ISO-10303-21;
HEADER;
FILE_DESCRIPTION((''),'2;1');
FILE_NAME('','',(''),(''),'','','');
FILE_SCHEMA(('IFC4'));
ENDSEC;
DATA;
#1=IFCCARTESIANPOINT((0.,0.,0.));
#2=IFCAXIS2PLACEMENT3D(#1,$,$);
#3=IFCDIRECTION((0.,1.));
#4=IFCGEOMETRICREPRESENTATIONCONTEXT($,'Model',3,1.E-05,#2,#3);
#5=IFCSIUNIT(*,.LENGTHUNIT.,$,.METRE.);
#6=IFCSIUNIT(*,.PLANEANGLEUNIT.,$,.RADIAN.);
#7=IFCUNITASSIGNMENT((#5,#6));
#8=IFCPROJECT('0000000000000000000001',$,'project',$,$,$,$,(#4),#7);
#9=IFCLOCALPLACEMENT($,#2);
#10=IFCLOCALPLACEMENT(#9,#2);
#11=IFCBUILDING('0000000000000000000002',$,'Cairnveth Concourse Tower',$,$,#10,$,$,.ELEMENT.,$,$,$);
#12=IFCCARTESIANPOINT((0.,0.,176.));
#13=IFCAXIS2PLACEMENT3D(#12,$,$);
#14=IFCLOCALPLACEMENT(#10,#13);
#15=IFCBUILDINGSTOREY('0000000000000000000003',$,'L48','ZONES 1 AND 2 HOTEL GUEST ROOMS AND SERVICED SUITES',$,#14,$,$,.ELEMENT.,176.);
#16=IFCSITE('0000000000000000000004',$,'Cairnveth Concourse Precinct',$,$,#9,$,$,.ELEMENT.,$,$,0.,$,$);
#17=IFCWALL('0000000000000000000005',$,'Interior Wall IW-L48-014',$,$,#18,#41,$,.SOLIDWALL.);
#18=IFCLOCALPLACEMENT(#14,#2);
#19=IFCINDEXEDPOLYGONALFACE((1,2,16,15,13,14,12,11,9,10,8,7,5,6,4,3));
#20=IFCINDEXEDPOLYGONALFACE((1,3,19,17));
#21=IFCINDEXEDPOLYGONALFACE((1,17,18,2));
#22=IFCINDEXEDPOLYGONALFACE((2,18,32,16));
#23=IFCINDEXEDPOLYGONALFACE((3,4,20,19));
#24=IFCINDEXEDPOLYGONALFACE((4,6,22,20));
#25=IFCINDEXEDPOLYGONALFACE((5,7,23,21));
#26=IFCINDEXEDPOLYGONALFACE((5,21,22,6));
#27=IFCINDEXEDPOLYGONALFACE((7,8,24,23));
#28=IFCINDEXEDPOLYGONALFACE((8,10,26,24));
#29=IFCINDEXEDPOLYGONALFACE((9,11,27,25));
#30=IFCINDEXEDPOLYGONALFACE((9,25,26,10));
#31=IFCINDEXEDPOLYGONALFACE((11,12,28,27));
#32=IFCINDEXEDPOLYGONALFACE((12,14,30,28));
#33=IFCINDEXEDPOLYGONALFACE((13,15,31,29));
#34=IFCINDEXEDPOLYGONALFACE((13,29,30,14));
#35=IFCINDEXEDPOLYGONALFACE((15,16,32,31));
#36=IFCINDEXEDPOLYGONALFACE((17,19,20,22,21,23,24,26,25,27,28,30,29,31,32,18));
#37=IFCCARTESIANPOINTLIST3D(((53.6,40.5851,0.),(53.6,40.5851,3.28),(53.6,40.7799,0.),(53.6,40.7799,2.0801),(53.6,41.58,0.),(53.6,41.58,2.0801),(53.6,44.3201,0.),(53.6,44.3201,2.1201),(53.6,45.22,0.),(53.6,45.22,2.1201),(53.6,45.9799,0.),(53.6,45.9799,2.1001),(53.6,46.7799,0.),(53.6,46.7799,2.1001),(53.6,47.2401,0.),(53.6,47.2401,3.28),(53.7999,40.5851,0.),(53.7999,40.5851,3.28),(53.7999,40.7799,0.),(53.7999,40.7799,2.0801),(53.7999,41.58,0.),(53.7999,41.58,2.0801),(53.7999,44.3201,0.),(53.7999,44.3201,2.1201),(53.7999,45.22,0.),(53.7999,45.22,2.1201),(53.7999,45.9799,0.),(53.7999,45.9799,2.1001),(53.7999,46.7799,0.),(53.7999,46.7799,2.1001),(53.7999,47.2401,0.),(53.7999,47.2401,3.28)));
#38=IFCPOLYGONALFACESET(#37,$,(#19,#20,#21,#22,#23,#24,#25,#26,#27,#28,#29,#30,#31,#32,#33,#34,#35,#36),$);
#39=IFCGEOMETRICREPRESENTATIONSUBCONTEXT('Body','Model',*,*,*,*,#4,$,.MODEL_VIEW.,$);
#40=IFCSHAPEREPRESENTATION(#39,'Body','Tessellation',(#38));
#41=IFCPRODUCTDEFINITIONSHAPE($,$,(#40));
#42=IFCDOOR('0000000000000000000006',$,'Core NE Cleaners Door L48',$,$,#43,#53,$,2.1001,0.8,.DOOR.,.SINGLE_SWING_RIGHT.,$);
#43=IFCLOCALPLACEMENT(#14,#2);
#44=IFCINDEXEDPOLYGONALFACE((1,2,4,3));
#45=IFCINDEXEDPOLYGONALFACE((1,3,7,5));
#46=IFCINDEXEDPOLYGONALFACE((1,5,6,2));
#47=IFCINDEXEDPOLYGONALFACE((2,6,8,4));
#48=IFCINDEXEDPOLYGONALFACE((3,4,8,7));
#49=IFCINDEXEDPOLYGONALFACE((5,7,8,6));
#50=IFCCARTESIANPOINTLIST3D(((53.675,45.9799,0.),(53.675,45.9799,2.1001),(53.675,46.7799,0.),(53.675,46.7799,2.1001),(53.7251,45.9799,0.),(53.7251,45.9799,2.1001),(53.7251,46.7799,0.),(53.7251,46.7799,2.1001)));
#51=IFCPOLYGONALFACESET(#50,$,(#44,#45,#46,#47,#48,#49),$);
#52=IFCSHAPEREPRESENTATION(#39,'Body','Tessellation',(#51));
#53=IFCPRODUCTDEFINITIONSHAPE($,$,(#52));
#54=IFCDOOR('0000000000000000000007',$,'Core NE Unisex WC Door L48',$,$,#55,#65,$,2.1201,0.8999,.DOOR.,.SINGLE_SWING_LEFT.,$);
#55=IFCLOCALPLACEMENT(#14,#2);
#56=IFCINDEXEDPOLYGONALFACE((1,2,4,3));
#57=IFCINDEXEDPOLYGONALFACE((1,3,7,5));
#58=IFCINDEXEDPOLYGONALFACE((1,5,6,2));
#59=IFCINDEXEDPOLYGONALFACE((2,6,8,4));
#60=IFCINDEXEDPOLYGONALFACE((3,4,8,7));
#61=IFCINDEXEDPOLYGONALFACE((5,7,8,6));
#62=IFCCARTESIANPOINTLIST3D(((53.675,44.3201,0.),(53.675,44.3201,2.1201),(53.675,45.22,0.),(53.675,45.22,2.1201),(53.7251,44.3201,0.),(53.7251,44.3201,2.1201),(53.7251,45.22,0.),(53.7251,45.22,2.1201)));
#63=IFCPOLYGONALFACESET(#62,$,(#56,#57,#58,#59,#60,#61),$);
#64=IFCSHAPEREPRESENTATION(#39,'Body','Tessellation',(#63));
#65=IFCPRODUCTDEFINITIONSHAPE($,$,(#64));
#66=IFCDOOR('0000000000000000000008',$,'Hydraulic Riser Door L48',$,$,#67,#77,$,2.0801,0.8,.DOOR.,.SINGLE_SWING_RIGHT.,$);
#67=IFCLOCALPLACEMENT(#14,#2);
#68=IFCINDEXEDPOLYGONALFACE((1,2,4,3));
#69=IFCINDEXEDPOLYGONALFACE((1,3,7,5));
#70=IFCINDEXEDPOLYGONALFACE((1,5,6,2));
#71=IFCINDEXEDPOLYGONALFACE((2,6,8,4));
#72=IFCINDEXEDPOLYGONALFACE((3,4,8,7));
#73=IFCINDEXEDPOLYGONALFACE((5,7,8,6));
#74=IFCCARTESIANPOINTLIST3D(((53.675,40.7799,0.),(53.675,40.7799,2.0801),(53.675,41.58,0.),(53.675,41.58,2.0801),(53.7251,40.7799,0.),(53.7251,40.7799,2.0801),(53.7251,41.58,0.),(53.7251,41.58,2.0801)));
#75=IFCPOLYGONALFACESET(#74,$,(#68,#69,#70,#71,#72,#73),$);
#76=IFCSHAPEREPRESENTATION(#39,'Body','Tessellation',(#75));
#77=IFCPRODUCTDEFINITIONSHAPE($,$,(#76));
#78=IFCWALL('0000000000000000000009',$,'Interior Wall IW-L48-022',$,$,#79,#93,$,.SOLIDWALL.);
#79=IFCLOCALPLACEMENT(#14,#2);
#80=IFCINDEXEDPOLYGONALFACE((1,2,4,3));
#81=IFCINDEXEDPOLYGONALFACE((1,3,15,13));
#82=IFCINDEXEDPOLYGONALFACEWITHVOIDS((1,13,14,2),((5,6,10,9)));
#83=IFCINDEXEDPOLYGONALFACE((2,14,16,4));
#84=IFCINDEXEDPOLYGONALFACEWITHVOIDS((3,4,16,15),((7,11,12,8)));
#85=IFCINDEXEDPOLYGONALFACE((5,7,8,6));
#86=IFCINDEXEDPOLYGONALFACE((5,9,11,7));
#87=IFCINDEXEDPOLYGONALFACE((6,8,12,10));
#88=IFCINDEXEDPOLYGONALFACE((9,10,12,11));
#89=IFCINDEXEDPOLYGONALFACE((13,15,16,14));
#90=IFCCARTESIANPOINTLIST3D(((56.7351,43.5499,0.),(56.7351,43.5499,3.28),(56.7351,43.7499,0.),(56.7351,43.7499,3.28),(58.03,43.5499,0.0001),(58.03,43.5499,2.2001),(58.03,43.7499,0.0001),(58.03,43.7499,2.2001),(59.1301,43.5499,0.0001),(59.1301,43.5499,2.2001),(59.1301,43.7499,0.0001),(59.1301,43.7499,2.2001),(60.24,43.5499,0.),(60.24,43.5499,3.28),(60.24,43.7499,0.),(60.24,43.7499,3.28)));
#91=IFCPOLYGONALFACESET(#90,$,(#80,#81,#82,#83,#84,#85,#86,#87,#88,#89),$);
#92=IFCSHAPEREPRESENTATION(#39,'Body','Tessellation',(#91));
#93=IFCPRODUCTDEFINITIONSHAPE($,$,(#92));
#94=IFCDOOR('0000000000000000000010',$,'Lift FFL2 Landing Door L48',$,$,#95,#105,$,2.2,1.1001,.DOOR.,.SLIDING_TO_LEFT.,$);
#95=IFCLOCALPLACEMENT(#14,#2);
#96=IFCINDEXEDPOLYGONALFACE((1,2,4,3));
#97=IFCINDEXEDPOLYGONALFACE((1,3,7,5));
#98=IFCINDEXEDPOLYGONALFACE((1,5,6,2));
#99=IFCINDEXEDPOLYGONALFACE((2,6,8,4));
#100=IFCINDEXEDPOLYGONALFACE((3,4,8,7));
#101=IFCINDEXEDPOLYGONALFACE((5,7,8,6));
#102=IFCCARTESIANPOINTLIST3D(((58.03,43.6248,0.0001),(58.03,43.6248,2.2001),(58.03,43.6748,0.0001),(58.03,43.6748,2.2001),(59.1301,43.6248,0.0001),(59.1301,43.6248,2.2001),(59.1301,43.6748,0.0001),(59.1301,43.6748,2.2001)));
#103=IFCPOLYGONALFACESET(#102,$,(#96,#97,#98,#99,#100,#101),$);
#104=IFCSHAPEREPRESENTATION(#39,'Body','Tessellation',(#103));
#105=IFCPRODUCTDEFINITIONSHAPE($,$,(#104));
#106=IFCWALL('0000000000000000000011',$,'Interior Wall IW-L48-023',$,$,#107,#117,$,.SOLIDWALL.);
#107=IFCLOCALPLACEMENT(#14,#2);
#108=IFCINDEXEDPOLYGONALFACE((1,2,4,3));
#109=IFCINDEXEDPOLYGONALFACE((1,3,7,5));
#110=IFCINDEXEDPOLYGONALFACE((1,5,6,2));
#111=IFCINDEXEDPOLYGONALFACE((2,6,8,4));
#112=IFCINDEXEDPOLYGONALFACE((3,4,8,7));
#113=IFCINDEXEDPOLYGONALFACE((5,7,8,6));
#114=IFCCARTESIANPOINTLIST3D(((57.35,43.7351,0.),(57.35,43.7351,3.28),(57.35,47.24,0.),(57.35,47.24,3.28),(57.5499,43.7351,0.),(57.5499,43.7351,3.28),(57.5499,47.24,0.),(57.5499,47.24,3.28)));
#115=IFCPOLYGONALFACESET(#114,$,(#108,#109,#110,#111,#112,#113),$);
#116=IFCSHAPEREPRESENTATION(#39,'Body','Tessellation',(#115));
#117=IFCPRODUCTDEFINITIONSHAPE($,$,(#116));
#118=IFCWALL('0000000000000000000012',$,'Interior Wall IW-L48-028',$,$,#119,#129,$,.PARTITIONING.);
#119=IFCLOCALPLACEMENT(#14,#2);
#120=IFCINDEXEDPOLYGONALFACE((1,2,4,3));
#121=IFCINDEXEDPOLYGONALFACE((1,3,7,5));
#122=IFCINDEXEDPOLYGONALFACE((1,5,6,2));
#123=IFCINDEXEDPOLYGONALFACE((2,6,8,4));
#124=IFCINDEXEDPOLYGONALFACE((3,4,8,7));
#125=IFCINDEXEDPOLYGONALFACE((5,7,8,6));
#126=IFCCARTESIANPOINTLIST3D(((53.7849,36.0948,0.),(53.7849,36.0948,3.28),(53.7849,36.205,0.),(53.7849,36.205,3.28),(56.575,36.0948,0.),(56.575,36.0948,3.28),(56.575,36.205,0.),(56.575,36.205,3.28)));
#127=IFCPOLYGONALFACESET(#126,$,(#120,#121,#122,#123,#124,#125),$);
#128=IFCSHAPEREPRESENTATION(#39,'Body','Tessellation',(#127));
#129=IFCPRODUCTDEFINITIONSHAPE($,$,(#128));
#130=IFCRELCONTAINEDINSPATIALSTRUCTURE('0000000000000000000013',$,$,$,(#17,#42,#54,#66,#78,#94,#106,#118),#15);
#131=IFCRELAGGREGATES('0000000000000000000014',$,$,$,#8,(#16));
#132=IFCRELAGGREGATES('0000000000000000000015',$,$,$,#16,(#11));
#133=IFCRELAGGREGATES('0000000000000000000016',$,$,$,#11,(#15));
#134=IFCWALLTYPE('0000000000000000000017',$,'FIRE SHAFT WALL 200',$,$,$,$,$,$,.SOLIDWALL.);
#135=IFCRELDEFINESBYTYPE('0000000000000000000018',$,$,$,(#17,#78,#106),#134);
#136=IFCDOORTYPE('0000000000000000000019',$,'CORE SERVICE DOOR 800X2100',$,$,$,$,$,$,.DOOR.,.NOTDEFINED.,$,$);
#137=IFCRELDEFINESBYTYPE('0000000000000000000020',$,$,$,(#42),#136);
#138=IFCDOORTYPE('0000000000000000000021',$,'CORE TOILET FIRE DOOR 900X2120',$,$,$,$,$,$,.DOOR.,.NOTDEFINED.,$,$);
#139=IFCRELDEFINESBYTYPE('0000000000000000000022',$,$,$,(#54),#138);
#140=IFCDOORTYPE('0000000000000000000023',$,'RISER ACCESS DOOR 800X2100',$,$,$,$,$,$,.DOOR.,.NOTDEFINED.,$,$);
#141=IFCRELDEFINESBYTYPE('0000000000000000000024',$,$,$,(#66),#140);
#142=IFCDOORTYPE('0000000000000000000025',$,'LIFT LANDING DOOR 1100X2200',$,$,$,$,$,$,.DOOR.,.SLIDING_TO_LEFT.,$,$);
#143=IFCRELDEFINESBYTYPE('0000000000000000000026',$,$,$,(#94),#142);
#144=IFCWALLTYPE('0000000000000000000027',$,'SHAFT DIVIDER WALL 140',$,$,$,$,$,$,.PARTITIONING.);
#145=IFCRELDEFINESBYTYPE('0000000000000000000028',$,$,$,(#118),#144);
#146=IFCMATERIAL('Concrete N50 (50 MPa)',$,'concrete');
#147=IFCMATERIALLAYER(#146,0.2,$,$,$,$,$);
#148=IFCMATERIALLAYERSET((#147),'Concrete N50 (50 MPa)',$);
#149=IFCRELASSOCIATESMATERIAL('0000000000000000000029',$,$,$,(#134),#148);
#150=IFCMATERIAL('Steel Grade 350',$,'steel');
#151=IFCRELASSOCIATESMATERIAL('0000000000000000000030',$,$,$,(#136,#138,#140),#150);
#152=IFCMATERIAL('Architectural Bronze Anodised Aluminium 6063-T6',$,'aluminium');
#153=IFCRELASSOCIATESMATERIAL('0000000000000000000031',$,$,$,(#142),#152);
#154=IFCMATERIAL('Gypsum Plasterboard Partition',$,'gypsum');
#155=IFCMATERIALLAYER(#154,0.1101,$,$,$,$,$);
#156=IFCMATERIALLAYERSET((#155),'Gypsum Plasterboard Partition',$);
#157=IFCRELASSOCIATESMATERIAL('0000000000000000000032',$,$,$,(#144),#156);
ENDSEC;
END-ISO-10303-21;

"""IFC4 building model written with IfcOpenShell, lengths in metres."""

from ifc_helpers import new_model, si_unit, direction, frame, frame_2d, origin, place, context, subcontext, project, spatial, rectangle, extrude, material, layer, layer_set, type_object, element, fill, save


model = new_model("IFC4")

# Units and contexts
model_context = context("Model", 3, precision=1e-05, world=origin(), true_north=direction((0.0, 1.0)))
body_context = subcontext(model_context, "Body", "Model", "MODEL_VIEW")
ifc_project = project(units=[si_unit("LENGTHUNIT", "METRE"), si_unit("PLANEANGLEUNIT", "RADIAN")], contexts=[model_context])

# Site, building, storey
site_placement = place(None, origin())
site = spatial("IfcSite", under=ifc_project, at=site_placement, Name="Cairnveth Concourse Precinct", CompositionType="ELEMENT", RefElevation=0.0)
building_placement = place(site_placement, origin())
building = spatial("IfcBuilding", under=site, at=building_placement, Name="Cairnveth Concourse Tower", CompositionType="ELEMENT")
storey_placement = place(building_placement, frame((0.0, 0.0, 176.0)))
storey = spatial("IfcBuildingStorey", under=building, at=storey_placement, Name="L48", Description="ZONES 1 AND 2 HOTEL GUEST ROOMS AND SERVICED SUITES", CompositionType="ELEMENT", Elevation=176.0)

# Shared definitions
ifc_material_1 = material(Name="Steel Grade 350", Category="steel")

# Shared definitions
ifc_material_2 = material(Name="Gypsum Plasterboard Partition", Category="gypsum")
ifc_material_3 = material(Name="Concrete N50 (50 MPa)", Category="concrete")

# Shared definitions
ifc_layer_1 = layer(ifc_material_3, 0.2)
ifc_layer_set_1 = layer_set([ifc_layer_1], Name="Concrete N50 (50 MPa)")
wall_type_1 = type_object("IfcWallType", Name="FIRE SHAFT WALL 200", PredefinedType="SOLIDWALL", material=ifc_layer_set_1)

# Wall, openings, doors
wall_1_placement = place(storey_placement, frame((53.7, 40.585, 0.0), z_axis=(0.0, 0.0, 1.0), x_axis=(0.0, 1.0, 0.0)))
wall_1 = element("IfcWall", 1, at=wall_1_placement, inside=storey, type_object=wall_type_1, Name="Interior Wall IW-L48-014", PredefinedType="SOLIDWALL", context=body_context, shape_type="SweptSolid", body=[
    extrude(rectangle(XDim=6.655, YDim=0.2, at=frame_2d((3.3276, 0.0))), origin(), (0.0, 0.0, 1.0), 3.28),
])
opening_1_placement = place(wall_1_placement, frame((0.1951, 0.0, 0.0)))
opening_1 = element("IfcOpeningElement", 2, at=opening_1_placement, cuts=wall_1, PredefinedType="OPENING", context=body_context, shape_type="SweptSolid", body=[
    extrude(rectangle(XDim=0.8, YDim=2.0801, at=frame_2d((0.3999, 1.04))), frame((0.0, 0.1099, 0.0), z_axis=(0.0, -1.0, 0.0), x_axis=(1.0, 0.0, 0.0)), (0.0, 0.0, 1.0), 0.22),
])
opening_2_placement = place(wall_1_placement, frame((3.7351, 0.0, 0.0)))
opening_2 = element("IfcOpeningElement", 3, at=opening_2_placement, cuts=wall_1, PredefinedType="OPENING", context=body_context, shape_type="SweptSolid", body=[
    extrude(rectangle(XDim=0.8999, YDim=2.1201, at=frame_2d((0.45, 1.0601))), frame((0.0, 0.1099, 0.0), z_axis=(0.0, -1.0, 0.0), x_axis=(1.0, 0.0, 0.0)), (0.0, 0.0, 1.0), 0.22),
])
opening_3_placement = place(wall_1_placement, frame((5.395, 0.0, 0.0)))
opening_3 = element("IfcOpeningElement", 4, at=opening_3_placement, cuts=wall_1, PredefinedType="OPENING", context=body_context, shape_type="SweptSolid", body=[
    extrude(rectangle(XDim=0.8, YDim=2.1001, at=frame_2d((0.3999, 1.05))), frame((0.0, 0.1099, 0.0), z_axis=(0.0, -1.0, 0.0), x_axis=(1.0, 0.0, 0.0)), (0.0, 0.0, 1.0), 0.22),
])
door_type_1 = type_object("IfcDoorType", Name="CORE SERVICE DOOR 800X2100", OperationType="NOTDEFINED", PredefinedType="DOOR", material=ifc_material_1)
door_1_placement = place(opening_3_placement, origin())
door_1 = element("IfcDoor", 5, at=door_1_placement, inside=storey, type_object=door_type_1, Name="Core NE Cleaners Door L48", OperationType="SINGLE_SWING_RIGHT", OverallHeight=2.1001, OverallWidth=0.8, PredefinedType="DOOR", context=body_context, shape_type="SweptSolid", body=[
    extrude(rectangle(XDim=0.8, YDim=2.1001, at=frame_2d((0.3999, 1.05))), frame((0.0, 0.0249, 0.0), z_axis=(0.0, -1.0, 0.0), x_axis=(1.0, 0.0, 0.0)), (0.0, 0.0, 1.0), 0.05),
])
fill(opening_3, door_1)
door_type_2 = type_object("IfcDoorType", Name="CORE TOILET FIRE DOOR 900X2120", OperationType="NOTDEFINED", PredefinedType="DOOR", material=ifc_material_1)
door_2_placement = place(opening_2_placement, origin())
door_2 = element("IfcDoor", 6, at=door_2_placement, inside=storey, type_object=door_type_2, Name="Core NE Unisex WC Door L48", OperationType="SINGLE_SWING_LEFT", OverallHeight=2.1201, OverallWidth=0.8999, PredefinedType="DOOR", context=body_context, shape_type="SweptSolid", body=[
    extrude(rectangle(XDim=0.8999, YDim=2.1201, at=frame_2d((0.45, 1.0601))), frame((0.0, 0.0249, 0.0), z_axis=(0.0, -1.0, 0.0), x_axis=(1.0, 0.0, 0.0)), (0.0, 0.0, 1.0), 0.05),
])
fill(opening_2, door_2)
door_type_3 = type_object("IfcDoorType", Name="RISER ACCESS DOOR 800X2100", OperationType="NOTDEFINED", PredefinedType="DOOR", material=ifc_material_1)
door_3_placement = place(opening_1_placement, origin())
door_3 = element("IfcDoor", 7, at=door_3_placement, inside=storey, type_object=door_type_3, Name="Hydraulic Riser Door L48", OperationType="SINGLE_SWING_RIGHT", OverallHeight=2.0801, OverallWidth=0.8, PredefinedType="DOOR", context=body_context, shape_type="SweptSolid", body=[
    extrude(rectangle(XDim=0.8, YDim=2.0801, at=frame_2d((0.3999, 1.04))), frame((0.0, 0.0249, 0.0), z_axis=(0.0, -1.0, 0.0), x_axis=(1.0, 0.0, 0.0)), (0.0, 0.0, 1.0), 0.05),
])
fill(opening_1, door_3)

# Wall, opening, door
wall_2_placement = place(storey_placement, frame((56.7351, 43.6499, 0.0), z_axis=(0.0, 0.0, 1.0), x_axis=(1.0, 0.0, 0.0)))
wall_2 = element("IfcWall", 8, at=wall_2_placement, inside=storey, type_object=wall_type_1, Name="Interior Wall IW-L48-022", PredefinedType="SOLIDWALL", context=body_context, shape_type="SweptSolid", body=[
    extrude(rectangle(XDim=3.5049, YDim=0.2, at=frame_2d((1.7524, 0.0))), origin(), (0.0, 0.0, 1.0), 3.28),
])
opening_4_placement = place(wall_2_placement, frame((1.2949, 0.0, 0.0)))
opening_4 = element("IfcOpeningElement", 9, at=opening_4_placement, cuts=wall_2, PredefinedType="OPENING", context=body_context, shape_type="SweptSolid", body=[
    extrude(rectangle(XDim=1.1001, YDim=2.2, at=frame_2d((0.55, 1.1001))), frame((0.0, 0.1099, 0.0), z_axis=(0.0, -1.0, 0.0), x_axis=(1.0, 0.0, 0.0)), (0.0, 0.0, 1.0), 0.22),
])
ifc_material_4 = material(Name="Architectural Bronze Anodised Aluminium 6063-T6", Category="aluminium")
door_type_4 = type_object("IfcDoorType", Name="LIFT LANDING DOOR 1100X2200", OperationType="SLIDING_TO_LEFT", PredefinedType="DOOR", material=ifc_material_4)
door_4_placement = place(opening_4_placement, origin())
door_4 = element("IfcDoor", 10, at=door_4_placement, inside=storey, type_object=door_type_4, Name="Lift FFL2 Landing Door L48", OperationType="SLIDING_TO_LEFT", OverallHeight=2.2, OverallWidth=1.1001, PredefinedType="DOOR", context=body_context, shape_type="SweptSolid", body=[
    extrude(rectangle(XDim=1.1001, YDim=2.2, at=frame_2d((0.55, 1.1001))), frame((0.0, 0.0249, 0.0), z_axis=(0.0, -1.0, 0.0), x_axis=(1.0, 0.0, 0.0)), (0.0, 0.0, 1.0), 0.05),
])
fill(opening_4, door_4)

# Walls
wall_3_placement = place(storey_placement, frame((57.45, 43.7351, 0.0), z_axis=(0.0, 0.0, 1.0), x_axis=(0.0, 1.0, 0.0)))
element("IfcWall", 11, at=wall_3_placement, inside=storey, type_object=wall_type_1, Name="Interior Wall IW-L48-023", PredefinedType="SOLIDWALL", context=body_context, shape_type="SweptSolid", body=[
    extrude(rectangle(XDim=3.5049, YDim=0.2, at=frame_2d((1.7524, 0.0))), origin(), (0.0, 0.0, 1.0), 3.28),
])
ifc_layer_2 = layer(ifc_material_2, 0.1101)
ifc_layer_set_2 = layer_set([ifc_layer_2], Name="Gypsum Plasterboard Partition")
wall_type_2 = type_object("IfcWallType", Name="SHAFT DIVIDER WALL 140", PredefinedType="PARTITIONING", material=ifc_layer_set_2)
wall_4_placement = place(storey_placement, frame((53.7849, 36.1499, 0.0), z_axis=(0.0, 0.0, 1.0), x_axis=(1.0, 0.0, 0.0)))
element("IfcWall", 12, at=wall_4_placement, inside=storey, type_object=wall_type_2, Name="Interior Wall IW-L48-028", PredefinedType="PARTITIONING", context=body_context, shape_type="SweptSolid", body=[
    extrude(rectangle(XDim=2.79, YDim=0.1101, at=frame_2d((1.395, 0.0))), origin(), (0.0, 0.0, 1.0), 3.28),
])

save(model, "model.ifc")
